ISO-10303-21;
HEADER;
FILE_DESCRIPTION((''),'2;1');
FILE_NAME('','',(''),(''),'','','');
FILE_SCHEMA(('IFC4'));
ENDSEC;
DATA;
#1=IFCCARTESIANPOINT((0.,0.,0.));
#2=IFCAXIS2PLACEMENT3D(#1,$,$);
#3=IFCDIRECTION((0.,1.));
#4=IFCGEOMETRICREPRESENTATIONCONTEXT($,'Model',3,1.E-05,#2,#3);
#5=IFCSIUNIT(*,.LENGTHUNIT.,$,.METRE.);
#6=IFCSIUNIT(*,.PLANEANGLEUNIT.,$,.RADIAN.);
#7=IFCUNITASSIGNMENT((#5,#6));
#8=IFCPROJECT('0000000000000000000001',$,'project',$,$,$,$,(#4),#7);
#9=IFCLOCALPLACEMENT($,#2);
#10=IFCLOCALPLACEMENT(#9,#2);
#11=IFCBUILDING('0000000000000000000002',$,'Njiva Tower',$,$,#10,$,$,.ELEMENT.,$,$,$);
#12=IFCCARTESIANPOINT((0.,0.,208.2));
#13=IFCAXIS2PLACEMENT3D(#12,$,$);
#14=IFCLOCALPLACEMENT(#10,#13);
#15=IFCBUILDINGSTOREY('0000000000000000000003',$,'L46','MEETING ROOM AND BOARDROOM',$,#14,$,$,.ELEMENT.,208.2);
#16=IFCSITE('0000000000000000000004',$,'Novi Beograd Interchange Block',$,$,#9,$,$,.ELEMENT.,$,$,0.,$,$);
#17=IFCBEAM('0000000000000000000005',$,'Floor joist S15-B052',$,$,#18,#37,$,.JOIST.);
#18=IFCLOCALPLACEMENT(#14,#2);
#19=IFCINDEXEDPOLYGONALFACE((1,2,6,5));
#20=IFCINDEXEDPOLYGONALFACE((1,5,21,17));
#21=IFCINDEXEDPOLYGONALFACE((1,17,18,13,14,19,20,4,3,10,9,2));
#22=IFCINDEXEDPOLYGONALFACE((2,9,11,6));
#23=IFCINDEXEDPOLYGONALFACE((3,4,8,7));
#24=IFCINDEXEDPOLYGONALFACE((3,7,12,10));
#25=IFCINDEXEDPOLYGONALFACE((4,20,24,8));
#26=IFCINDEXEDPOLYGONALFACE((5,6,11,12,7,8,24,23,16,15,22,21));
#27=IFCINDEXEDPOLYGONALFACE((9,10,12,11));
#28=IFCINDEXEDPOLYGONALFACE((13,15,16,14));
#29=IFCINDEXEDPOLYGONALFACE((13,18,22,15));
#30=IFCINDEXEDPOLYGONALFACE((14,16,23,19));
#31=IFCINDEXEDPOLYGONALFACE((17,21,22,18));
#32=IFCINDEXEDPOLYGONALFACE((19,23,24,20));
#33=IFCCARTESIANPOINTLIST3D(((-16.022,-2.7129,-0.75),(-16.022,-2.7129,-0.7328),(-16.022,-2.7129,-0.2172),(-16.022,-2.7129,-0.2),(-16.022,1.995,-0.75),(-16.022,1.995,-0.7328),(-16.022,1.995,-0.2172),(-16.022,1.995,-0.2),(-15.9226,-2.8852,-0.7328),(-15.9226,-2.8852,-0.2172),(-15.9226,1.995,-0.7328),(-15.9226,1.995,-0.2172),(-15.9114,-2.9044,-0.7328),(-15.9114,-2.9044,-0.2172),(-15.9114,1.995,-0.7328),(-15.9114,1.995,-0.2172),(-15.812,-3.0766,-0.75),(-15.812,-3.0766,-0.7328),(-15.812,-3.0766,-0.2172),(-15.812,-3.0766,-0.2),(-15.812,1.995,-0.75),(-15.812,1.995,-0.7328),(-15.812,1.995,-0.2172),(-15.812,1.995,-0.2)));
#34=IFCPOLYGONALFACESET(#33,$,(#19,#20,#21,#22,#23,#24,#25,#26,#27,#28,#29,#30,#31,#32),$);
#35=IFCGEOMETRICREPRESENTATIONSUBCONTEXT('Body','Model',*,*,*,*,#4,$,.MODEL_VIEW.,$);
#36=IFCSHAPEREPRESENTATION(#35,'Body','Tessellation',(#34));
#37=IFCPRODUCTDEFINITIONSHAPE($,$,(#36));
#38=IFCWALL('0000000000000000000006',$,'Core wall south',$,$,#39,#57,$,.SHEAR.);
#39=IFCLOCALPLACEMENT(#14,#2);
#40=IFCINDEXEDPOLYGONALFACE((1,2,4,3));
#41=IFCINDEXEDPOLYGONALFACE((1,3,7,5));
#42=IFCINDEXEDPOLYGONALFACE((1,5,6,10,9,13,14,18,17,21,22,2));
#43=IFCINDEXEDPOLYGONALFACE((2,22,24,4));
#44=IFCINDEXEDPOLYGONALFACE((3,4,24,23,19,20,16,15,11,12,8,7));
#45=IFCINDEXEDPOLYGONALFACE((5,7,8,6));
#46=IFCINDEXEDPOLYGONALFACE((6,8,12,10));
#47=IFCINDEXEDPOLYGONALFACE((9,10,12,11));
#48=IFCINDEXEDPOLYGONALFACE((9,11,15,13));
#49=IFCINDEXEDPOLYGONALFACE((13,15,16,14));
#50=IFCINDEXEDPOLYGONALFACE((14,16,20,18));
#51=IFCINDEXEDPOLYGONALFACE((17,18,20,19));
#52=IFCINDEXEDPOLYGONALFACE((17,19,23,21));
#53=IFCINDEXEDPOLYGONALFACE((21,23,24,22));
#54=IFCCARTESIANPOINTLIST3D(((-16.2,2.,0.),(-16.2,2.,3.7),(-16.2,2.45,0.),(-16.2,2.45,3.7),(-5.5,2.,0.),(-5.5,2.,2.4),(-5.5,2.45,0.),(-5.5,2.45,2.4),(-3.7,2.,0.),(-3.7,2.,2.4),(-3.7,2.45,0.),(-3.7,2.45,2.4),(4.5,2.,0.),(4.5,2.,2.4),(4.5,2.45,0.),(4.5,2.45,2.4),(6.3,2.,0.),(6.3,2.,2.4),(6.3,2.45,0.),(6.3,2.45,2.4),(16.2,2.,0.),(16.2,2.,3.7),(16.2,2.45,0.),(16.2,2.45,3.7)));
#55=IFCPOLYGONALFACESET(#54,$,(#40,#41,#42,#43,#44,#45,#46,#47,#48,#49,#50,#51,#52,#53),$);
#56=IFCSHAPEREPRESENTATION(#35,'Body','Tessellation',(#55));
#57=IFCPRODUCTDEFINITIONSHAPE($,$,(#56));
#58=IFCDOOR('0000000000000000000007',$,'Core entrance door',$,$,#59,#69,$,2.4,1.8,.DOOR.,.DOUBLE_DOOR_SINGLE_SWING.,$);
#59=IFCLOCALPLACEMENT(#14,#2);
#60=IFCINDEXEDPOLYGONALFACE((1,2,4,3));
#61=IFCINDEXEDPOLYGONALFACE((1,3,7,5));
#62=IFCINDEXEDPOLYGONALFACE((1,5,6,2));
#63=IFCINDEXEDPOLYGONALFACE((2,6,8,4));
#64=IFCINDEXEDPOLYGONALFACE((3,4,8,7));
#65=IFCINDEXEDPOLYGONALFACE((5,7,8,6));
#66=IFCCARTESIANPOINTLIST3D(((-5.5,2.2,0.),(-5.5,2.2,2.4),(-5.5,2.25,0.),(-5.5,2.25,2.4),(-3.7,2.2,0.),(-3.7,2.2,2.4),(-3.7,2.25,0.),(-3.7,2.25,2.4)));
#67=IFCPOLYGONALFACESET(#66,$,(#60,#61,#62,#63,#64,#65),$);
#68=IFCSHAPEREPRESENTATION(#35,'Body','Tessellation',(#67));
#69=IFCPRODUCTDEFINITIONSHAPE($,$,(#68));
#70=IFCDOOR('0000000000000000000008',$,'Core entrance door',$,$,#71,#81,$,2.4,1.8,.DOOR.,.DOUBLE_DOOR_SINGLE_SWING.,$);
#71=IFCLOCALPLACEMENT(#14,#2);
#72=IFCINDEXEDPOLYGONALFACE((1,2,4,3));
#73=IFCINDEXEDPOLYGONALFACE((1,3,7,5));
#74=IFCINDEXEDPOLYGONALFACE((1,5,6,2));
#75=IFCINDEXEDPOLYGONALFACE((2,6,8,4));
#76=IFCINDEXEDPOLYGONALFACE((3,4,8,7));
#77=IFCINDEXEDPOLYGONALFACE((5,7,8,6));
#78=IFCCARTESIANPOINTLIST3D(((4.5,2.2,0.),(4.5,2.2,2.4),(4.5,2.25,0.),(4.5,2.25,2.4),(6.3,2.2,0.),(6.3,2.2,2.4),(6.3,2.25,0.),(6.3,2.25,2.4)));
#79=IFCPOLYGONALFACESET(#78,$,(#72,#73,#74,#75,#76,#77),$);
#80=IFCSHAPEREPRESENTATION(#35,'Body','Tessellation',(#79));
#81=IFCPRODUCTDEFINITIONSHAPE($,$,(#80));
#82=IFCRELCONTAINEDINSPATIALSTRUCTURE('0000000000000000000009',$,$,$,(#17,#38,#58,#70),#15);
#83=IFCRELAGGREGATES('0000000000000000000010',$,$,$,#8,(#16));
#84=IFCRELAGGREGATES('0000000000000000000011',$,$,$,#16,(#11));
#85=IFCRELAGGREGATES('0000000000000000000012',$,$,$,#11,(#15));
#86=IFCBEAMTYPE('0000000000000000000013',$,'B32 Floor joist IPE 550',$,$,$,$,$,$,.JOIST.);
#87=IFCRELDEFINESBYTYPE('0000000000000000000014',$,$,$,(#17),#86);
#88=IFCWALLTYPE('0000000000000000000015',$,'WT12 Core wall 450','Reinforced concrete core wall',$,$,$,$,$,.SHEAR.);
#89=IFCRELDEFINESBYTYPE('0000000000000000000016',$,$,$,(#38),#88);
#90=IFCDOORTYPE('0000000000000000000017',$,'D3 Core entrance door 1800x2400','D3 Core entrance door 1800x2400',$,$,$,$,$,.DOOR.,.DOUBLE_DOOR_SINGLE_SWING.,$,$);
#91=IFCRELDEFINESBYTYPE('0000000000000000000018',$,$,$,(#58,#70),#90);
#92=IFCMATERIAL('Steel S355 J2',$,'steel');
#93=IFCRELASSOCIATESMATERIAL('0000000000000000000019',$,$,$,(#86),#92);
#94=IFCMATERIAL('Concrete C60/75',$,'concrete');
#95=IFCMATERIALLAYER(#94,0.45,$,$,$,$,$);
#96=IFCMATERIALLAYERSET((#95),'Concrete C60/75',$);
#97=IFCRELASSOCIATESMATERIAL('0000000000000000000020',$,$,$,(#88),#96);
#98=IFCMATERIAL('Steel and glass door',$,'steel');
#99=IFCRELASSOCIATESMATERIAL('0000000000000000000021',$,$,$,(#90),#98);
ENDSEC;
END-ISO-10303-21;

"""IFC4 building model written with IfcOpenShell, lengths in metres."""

from ifc_helpers import new_model, si_unit, direction, frame, frame_2d, origin, origin_2d, place, context, subcontext, project, spatial, rectangle, i_section, extrude, clip, halfspace, material, layer, layer_set, material_profile, profile_set, type_object, element, fill, save


model = new_model("IFC4")

# Units and contexts
model_context = context("Model", 3, precision=1e-05, world=origin(), true_north=direction((0.0, 1.0)))
body_context = subcontext(model_context, "Body", "Model", "MODEL_VIEW")
ifc_project = project(units=[si_unit("LENGTHUNIT", "METRE"), si_unit("PLANEANGLEUNIT", "RADIAN")], contexts=[model_context])

# Site, building, storey
site_placement = place(None, origin())
site = spatial("IfcSite", under=ifc_project, at=site_placement, Name="Novi Beograd Interchange Block", CompositionType="ELEMENT", RefElevation=0.0)
building_placement = place(site_placement, origin())
building = spatial("IfcBuilding", under=site, at=building_placement, Name="Njiva Tower", CompositionType="ELEMENT")
storey_placement = place(building_placement, frame((0.0, 0.0, 208.2)))
storey = spatial("IfcBuildingStorey", under=building, at=storey_placement, Name="L46", Description="MEETING ROOM AND BOARDROOM", CompositionType="ELEMENT", Elevation=208.2)

# Shared definitions
ifc_material_1 = material(Name="Steel S355 J2", Category="steel")

# Beam
ifc_material_profile_1 = material_profile(ifc_material_1, i_section(OverallWidth=0.21, OverallDepth=0.55, WebThickness=0.0111, FlangeThickness=0.0172, at=origin_2d()), Name="IPE 550")
ifc_profile_set_1 = profile_set([ifc_material_profile_1], Name="Steel S355 J2")
beam_type_1 = type_object("IfcBeamType", Name="B32 Floor joist IPE 550", PredefinedType="JOIST", material=ifc_profile_set_1)
beam_1_placement = place(storey_placement, frame((-15.917, 1.995, -0.475), z_axis=(0.0, -1.0, 0.0), x_axis=(1.0, 0.0, 0.0)))
element("IfcBeam", 1, at=beam_1_placement, inside=storey, type_object=beam_type_1, Name="Floor joist S15-B052", PredefinedType="JOIST", context=body_context, shape_type="Clipping", body=[
    clip(extrude(i_section(OverallWidth=0.21, OverallDepth=0.55, WebThickness=0.0111, FlangeThickness=0.0172, at=origin_2d()), origin(), (0.0, 0.0, 1.0), 5.092), halfspace(frame((-0.043, 0.0, 4.8153), z_axis=(-0.866027, 0.0, 0.499998), x_axis=(0.0, 1.0, 0.0)), False)),
])

# Wall, openings, doors
ifc_material_2 = material(Name="Concrete C60/75", Category="concrete")
ifc_layer_1 = layer(ifc_material_2, 0.45)
ifc_layer_set_1 = layer_set([ifc_layer_1], Name="Concrete C60/75")
wall_type_1 = type_object("IfcWallType", Name="WT12 Core wall 450", Description="Reinforced concrete core wall", PredefinedType="SHEAR", material=ifc_layer_set_1)
wall_1_placement = place(storey_placement, frame((-16.2, 2.225, 0.0), z_axis=(0.0, 0.0, 1.0), x_axis=(1.0, 0.0, 0.0)))
wall_1 = element("IfcWall", 2, at=wall_1_placement, inside=storey, type_object=wall_type_1, Name="Core wall south", PredefinedType="SHEAR", context=body_context, shape_type="SweptSolid", body=[
    extrude(rectangle(XDim=32.4, YDim=0.45, at=frame_2d((16.2, 0.0))), origin(), (0.0, 0.0, 1.0), 3.7),
])
opening_1_placement = place(wall_1_placement, frame((10.7, 0.0, 0.0)))
opening_1 = element("IfcOpeningElement", 3, at=opening_1_placement, cuts=wall_1, PredefinedType="OPENING", context=body_context, shape_type="SweptSolid", body=[
    extrude(rectangle(XDim=1.8, YDim=2.4, at=frame_2d((0.9, 1.2))), frame((0.0, 0.235, 0.0), z_axis=(0.0, -1.0, 0.0), x_axis=(1.0, 0.0, 0.0)), (0.0, 0.0, 1.0), 0.47),
])
opening_2_placement = place(wall_1_placement, frame((20.7, 0.0, 0.0)))
opening_2 = element("IfcOpeningElement", 4, at=opening_2_placement, cuts=wall_1, PredefinedType="OPENING", context=body_context, shape_type="SweptSolid", body=[
    extrude(rectangle(XDim=1.8, YDim=2.4, at=frame_2d((0.9, 1.2))), frame((0.0, 0.235, 0.0), z_axis=(0.0, -1.0, 0.0), x_axis=(1.0, 0.0, 0.0)), (0.0, 0.0, 1.0), 0.47),
])
ifc_material_3 = material(Name="Steel and glass door", Category="steel")
door_type_1 = type_object("IfcDoorType", Name="D3 Core entrance door 1800x2400", Description="D3 Core entrance door 1800x2400", OperationType="DOUBLE_DOOR_SINGLE_SWING", PredefinedType="DOOR", material=ifc_material_3)
door_1_placement = place(opening_1_placement, origin())
door_1 = element("IfcDoor", 5, at=door_1_placement, inside=storey, type_object=door_type_1, Name="Core entrance door", OperationType="DOUBLE_DOOR_SINGLE_SWING", OverallHeight=2.4, OverallWidth=1.8, PredefinedType="DOOR", context=body_context, shape_type="SweptSolid", body=[
    extrude(rectangle(XDim=1.8, YDim=2.4, at=frame_2d((0.9, 1.2))), frame((0.0, 0.025, 0.0), z_axis=(0.0, -1.0, 0.0), x_axis=(1.0, 0.0, 0.0)), (0.0, 0.0, 1.0), 0.05),
])
fill(opening_1, door_1)
door_2_placement = place(opening_2_placement, origin())
door_2 = element("IfcDoor", 6, at=door_2_placement, inside=storey, type_object=door_type_1, Name="Core entrance door", OperationType="DOUBLE_DOOR_SINGLE_SWING", OverallHeight=2.4, OverallWidth=1.8, PredefinedType="DOOR", context=body_context, shape_type="SweptSolid", body=[
    extrude(rectangle(XDim=1.8, YDim=2.4, at=frame_2d((0.9, 1.2))), frame((0.0, 0.025, 0.0), z_axis=(0.0, -1.0, 0.0), x_axis=(1.0, 0.0, 0.0)), (0.0, 0.0, 1.0), 0.05),
])
fill(opening_2, door_2)

save(model, "model.ifc")
